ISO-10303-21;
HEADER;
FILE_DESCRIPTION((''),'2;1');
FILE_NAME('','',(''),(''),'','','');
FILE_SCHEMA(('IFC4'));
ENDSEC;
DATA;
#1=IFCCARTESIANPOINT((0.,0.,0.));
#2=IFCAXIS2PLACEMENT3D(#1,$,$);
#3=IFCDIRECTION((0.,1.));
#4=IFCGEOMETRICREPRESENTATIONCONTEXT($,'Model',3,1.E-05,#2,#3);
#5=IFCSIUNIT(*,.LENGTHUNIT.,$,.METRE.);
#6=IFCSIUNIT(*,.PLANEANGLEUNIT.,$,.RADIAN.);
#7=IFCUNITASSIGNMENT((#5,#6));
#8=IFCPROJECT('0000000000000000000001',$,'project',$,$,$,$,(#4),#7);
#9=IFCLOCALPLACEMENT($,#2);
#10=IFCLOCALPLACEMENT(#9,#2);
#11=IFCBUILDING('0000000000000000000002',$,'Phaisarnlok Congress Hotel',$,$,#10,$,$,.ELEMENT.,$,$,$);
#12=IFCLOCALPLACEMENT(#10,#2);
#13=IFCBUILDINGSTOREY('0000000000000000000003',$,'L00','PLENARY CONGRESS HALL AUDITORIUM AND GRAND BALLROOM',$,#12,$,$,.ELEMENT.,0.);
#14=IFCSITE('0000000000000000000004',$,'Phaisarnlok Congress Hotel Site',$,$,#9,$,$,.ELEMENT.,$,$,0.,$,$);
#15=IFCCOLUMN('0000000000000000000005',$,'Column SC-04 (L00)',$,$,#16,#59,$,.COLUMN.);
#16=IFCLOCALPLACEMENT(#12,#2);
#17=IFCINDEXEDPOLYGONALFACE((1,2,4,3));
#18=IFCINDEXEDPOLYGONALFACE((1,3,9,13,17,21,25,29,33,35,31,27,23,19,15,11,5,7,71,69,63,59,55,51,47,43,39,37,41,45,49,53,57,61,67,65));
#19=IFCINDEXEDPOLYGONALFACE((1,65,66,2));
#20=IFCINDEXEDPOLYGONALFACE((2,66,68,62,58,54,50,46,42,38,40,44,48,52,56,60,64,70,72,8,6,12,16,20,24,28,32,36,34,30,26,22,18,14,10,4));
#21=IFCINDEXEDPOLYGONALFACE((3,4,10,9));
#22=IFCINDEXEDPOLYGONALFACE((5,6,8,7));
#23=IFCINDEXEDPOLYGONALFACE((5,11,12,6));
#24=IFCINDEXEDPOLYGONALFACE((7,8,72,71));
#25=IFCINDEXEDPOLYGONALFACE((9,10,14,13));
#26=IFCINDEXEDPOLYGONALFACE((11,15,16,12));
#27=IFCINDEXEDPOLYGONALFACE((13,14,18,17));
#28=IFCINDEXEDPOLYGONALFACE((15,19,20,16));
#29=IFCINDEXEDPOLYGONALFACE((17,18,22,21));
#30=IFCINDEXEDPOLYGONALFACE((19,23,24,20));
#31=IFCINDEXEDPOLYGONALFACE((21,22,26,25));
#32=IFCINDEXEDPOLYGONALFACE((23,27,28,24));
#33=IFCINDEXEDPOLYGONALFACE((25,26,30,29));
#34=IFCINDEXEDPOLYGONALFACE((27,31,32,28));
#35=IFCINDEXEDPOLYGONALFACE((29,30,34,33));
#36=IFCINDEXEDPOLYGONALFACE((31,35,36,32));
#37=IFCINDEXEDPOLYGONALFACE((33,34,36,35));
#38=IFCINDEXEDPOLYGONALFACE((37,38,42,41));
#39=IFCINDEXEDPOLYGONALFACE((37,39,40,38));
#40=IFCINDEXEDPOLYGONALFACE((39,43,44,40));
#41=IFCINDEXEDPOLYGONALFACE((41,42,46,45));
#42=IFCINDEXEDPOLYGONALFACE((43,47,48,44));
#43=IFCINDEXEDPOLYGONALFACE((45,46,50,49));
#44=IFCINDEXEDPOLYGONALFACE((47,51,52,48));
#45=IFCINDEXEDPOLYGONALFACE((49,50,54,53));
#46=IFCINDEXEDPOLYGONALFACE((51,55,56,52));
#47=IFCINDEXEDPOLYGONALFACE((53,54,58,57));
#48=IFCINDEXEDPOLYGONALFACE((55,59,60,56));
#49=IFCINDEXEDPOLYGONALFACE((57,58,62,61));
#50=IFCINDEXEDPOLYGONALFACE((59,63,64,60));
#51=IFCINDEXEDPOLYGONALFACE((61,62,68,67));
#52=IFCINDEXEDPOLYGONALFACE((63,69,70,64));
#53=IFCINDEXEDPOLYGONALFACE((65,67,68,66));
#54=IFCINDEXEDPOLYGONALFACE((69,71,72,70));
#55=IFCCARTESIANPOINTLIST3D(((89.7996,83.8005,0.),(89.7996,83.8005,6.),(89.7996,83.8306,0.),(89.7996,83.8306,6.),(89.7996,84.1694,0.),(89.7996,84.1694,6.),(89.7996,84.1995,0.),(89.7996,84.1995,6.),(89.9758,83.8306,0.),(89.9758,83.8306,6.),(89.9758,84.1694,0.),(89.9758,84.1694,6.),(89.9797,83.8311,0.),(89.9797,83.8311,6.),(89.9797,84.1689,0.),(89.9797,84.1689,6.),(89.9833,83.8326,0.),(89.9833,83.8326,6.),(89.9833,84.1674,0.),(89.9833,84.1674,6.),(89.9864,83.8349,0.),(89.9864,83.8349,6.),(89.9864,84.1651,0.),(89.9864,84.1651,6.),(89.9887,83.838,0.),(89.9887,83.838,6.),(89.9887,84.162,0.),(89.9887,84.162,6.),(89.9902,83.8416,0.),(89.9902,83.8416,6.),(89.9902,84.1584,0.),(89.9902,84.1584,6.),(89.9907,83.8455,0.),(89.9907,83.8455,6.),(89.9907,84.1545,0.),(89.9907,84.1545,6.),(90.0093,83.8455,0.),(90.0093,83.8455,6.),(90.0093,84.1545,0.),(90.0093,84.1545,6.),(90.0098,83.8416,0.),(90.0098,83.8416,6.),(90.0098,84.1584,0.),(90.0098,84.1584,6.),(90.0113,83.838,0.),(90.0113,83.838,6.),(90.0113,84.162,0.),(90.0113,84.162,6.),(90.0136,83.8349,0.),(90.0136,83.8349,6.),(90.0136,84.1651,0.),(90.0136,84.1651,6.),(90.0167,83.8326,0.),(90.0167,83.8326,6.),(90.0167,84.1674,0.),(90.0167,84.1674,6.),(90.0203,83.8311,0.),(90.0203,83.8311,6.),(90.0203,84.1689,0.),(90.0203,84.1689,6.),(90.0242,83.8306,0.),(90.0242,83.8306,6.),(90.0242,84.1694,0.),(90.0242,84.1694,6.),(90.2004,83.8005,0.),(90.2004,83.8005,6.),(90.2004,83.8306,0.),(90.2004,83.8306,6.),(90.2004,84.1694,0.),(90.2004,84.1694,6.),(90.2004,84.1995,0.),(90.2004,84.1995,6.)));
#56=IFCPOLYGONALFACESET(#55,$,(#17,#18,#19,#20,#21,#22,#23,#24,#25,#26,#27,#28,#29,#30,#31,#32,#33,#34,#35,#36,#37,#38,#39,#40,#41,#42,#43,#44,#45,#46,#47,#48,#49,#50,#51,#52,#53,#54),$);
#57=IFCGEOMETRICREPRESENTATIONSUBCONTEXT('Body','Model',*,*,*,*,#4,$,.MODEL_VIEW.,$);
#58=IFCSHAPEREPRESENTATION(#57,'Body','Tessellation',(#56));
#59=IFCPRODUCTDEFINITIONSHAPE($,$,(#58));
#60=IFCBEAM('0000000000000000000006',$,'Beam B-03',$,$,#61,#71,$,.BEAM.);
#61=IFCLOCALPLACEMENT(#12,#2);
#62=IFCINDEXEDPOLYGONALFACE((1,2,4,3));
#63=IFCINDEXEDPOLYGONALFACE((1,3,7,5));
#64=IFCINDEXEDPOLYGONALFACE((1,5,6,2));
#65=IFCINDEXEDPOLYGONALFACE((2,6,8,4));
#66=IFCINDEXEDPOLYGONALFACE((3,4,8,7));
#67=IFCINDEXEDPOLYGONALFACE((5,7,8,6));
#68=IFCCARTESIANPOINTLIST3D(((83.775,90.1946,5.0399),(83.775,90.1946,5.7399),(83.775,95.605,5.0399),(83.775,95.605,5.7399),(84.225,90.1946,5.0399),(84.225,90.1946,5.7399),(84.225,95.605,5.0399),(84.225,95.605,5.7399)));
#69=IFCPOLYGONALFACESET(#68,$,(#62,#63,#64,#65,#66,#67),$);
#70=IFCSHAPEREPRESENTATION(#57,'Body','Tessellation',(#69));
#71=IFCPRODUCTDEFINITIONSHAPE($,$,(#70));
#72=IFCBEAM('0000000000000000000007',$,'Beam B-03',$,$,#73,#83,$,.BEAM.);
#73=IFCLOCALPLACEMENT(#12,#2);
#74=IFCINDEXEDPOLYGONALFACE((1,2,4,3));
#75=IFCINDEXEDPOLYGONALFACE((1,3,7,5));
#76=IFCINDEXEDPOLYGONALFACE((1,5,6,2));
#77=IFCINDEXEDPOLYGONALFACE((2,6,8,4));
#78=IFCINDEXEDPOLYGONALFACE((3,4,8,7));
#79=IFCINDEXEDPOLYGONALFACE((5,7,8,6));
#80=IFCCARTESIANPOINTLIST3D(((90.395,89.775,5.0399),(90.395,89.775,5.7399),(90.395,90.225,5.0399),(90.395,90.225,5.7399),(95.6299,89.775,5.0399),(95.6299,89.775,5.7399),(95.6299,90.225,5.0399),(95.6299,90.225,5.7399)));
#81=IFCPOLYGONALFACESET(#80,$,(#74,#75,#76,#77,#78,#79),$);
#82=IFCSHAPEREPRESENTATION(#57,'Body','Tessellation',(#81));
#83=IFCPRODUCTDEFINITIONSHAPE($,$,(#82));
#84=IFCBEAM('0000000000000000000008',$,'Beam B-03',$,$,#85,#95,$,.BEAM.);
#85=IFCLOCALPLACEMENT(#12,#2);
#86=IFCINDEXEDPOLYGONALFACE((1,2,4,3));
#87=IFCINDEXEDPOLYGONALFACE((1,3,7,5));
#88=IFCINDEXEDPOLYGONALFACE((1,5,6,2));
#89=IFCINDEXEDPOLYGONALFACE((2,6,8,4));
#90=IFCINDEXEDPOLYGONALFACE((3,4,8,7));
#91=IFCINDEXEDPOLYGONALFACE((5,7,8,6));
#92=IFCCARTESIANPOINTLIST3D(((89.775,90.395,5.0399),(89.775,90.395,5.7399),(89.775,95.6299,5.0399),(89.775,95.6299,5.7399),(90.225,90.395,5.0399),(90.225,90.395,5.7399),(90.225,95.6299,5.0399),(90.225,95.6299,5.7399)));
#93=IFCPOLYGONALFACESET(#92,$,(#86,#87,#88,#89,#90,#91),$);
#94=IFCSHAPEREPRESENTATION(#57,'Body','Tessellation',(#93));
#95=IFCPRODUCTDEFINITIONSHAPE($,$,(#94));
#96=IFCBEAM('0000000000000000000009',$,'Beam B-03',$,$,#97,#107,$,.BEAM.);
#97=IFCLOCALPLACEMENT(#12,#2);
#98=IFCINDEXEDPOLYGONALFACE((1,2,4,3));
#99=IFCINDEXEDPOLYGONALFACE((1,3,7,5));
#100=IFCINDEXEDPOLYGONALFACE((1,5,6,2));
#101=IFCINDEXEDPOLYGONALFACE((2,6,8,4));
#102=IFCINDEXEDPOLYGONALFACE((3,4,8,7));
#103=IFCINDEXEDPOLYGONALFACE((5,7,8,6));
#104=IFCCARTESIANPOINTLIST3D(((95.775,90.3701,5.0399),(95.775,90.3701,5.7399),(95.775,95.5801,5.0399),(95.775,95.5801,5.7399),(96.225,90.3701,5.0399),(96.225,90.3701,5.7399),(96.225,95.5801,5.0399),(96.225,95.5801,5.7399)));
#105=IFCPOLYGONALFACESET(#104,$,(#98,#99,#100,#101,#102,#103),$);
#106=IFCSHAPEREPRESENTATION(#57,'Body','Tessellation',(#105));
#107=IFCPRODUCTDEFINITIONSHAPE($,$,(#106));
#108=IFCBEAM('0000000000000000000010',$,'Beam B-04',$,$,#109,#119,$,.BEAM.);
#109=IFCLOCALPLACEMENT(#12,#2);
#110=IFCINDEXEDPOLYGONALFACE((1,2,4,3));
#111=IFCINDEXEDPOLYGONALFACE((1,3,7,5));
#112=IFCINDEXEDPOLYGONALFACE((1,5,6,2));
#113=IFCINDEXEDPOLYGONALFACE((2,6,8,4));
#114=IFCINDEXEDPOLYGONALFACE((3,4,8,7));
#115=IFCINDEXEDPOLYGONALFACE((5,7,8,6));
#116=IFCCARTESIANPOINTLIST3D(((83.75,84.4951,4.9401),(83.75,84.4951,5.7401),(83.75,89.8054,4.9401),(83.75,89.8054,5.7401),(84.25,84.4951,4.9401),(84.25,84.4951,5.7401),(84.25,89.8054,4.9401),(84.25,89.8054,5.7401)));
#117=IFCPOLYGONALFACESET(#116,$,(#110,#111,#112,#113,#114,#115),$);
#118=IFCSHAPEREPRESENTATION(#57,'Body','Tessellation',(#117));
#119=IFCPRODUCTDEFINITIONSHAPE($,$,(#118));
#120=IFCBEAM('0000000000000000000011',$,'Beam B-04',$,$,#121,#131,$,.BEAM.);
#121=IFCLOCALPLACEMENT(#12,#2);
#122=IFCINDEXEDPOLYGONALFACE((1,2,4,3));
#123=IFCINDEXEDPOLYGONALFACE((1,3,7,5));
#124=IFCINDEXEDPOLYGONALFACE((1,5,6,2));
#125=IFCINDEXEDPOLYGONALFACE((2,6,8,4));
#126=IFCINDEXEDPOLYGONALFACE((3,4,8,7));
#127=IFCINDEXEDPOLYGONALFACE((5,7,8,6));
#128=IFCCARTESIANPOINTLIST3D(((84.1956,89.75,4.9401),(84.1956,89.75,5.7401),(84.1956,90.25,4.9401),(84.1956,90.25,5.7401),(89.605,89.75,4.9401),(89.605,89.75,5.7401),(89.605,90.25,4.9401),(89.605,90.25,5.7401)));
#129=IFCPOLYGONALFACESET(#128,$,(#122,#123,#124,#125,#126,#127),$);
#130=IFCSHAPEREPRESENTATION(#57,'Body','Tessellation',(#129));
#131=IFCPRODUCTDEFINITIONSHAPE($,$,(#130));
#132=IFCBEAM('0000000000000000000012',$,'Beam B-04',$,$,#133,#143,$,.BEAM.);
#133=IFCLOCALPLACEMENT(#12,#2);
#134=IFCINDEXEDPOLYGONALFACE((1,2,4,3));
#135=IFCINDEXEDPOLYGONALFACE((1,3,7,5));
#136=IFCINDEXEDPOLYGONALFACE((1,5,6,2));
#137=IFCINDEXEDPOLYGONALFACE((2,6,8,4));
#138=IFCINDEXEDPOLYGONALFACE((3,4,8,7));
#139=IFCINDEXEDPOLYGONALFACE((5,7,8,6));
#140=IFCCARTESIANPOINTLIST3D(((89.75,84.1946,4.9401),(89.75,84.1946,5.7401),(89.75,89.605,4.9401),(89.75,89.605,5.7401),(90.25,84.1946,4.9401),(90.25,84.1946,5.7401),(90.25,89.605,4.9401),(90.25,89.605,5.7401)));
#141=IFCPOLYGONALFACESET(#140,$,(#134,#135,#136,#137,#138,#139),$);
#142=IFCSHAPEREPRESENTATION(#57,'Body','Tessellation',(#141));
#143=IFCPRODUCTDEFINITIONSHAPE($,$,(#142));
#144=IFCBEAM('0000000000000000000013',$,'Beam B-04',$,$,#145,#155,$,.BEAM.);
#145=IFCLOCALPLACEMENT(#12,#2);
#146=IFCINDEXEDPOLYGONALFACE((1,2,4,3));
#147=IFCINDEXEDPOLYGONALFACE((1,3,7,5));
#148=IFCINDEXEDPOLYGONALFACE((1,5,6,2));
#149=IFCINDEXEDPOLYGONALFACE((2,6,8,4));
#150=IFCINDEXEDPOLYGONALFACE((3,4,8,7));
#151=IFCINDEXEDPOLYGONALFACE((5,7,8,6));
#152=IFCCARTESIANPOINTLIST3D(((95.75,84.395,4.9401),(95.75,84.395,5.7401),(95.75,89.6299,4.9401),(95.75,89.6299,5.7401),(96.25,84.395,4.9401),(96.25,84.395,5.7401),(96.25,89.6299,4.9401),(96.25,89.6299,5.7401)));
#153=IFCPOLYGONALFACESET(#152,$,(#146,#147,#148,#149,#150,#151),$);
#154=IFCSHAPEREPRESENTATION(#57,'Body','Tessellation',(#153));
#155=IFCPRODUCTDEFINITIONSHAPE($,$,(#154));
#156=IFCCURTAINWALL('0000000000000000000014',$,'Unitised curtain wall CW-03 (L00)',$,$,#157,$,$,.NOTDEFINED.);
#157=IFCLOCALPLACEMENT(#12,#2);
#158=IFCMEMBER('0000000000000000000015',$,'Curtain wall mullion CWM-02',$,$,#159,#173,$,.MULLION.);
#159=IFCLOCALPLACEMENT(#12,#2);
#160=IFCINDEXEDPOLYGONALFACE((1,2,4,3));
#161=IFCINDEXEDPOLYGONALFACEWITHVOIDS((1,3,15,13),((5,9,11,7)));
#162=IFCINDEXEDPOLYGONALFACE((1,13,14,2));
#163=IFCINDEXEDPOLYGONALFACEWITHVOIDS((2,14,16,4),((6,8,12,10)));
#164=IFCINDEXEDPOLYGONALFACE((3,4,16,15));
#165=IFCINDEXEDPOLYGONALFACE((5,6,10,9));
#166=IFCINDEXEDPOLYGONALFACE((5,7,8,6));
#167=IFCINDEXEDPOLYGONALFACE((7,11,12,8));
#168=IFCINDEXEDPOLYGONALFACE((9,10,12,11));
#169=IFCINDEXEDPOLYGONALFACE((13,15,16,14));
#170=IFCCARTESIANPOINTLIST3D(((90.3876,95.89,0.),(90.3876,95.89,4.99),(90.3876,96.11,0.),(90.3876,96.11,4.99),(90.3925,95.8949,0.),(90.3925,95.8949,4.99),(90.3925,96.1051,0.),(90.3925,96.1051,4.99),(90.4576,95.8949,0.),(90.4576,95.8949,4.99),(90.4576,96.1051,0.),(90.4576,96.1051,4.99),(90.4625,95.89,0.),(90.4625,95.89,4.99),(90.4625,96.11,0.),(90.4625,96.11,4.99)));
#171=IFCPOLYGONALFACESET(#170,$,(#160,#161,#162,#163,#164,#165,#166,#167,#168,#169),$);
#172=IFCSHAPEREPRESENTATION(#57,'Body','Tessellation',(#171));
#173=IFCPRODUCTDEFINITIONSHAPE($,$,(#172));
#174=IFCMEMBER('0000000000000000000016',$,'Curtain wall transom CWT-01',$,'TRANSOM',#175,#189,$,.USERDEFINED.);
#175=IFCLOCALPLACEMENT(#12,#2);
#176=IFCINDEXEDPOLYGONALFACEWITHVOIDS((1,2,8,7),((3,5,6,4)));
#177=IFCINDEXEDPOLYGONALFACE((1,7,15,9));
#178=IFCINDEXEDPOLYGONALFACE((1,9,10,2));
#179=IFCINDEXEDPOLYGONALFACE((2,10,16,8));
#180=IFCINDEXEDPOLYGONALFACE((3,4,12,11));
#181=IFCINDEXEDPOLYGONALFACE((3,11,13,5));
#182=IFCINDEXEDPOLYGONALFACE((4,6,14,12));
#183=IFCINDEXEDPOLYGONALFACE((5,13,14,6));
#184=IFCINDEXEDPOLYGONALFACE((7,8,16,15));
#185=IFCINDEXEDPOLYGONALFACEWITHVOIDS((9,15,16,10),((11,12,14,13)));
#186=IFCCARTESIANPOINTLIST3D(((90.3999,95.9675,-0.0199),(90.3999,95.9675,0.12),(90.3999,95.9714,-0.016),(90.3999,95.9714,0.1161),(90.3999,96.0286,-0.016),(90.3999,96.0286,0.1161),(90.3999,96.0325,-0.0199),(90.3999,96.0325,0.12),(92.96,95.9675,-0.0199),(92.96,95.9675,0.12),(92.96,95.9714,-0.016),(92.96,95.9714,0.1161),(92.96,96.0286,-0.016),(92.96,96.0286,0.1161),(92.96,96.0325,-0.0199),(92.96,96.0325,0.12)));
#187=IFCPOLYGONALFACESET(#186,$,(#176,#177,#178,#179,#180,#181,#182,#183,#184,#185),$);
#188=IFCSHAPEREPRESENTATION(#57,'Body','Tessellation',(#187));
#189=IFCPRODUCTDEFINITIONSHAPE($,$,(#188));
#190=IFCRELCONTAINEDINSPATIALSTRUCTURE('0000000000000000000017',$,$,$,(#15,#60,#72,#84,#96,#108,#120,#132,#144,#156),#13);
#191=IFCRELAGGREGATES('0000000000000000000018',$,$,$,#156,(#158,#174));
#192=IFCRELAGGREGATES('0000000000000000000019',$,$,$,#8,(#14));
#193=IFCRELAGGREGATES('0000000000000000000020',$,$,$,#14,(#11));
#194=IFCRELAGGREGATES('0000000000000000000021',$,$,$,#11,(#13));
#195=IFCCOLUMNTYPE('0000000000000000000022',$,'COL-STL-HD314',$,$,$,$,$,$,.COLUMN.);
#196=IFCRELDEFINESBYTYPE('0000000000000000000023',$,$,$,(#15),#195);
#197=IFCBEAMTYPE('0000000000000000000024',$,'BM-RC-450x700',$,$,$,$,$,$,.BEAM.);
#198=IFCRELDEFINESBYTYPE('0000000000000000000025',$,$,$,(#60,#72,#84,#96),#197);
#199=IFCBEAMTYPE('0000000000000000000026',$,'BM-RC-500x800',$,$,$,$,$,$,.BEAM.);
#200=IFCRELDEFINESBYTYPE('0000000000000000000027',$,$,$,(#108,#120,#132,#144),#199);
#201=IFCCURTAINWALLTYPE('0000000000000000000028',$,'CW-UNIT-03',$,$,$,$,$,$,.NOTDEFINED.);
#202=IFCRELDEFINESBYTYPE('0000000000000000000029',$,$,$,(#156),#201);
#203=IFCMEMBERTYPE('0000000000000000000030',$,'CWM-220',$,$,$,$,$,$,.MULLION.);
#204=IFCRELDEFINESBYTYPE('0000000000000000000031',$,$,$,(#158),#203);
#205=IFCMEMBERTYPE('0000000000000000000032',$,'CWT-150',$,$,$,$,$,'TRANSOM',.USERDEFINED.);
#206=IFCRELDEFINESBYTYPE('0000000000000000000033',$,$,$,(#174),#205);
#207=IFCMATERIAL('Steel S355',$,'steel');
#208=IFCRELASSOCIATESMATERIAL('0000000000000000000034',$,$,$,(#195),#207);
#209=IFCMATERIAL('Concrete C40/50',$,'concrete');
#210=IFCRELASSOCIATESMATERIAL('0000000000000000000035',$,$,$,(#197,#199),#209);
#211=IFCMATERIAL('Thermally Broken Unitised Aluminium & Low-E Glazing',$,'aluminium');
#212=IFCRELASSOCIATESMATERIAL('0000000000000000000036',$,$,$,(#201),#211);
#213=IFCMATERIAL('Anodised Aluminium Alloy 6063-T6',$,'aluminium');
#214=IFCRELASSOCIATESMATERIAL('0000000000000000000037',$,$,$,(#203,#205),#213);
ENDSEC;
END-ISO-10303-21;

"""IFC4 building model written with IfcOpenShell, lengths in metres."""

from ifc_helpers import new_model, si_unit, direction, frame, origin, origin_2d, place, context, subcontext, project, spatial, rectangle, hollow_rectangle, i_section, extrude, material, material_profile, profile_set, type_object, element, aggregate, save


model = new_model("IFC4")

# Units and contexts
model_context = context("Model", 3, precision=1e-05, world=origin(), true_north=direction((0.0, 1.0)))
body_context = subcontext(model_context, "Body", "Model", "MODEL_VIEW")
ifc_project = project(units=[si_unit("LENGTHUNIT", "METRE"), si_unit("PLANEANGLEUNIT", "RADIAN")], contexts=[model_context])

# Site, building, storey
site_placement = place(None, origin())
site = spatial("IfcSite", under=ifc_project, at=site_placement, Name="Phaisarnlok Congress Hotel Site", CompositionType="ELEMENT", RefElevation=0.0)
building_placement = place(site_placement, origin())
building = spatial("IfcBuilding", under=site, at=building_placement, Name="Phaisarnlok Congress Hotel", CompositionType="ELEMENT")
storey_placement = place(building_placement, origin())
storey = spatial("IfcBuildingStorey", under=building, at=storey_placement, Name="L00", Description="PLENARY CONGRESS HALL AUDITORIUM AND GRAND BALLROOM", CompositionType="ELEMENT", Elevation=0.0)

# Column
ifc_material_1 = material(Name="Steel S355", Category="steel")
ifc_material_profile_1 = material_profile(ifc_material_1, i_section(OverallWidth=0.4009, OverallDepth=0.3989, WebThickness=0.0186, FlangeThickness=0.03, FilletRadius=0.0149, at=origin_2d()), Name="HD 400x314")
ifc_profile_set_1 = profile_set([ifc_material_profile_1], Name="Steel S355")
column_type_1 = type_object("IfcColumnType", Name="COL-STL-HD314", PredefinedType="COLUMN", material=ifc_profile_set_1)
for number, where, z_axis, x_axis, name in (
    (1, (90.0, 84.0, 0.0), (0.0, 0.0, 1.0), (1.0, 0.0, 0.0), "Column SC-04 (L00)"),
):
    element("IfcColumn", number, at=place(storey_placement, frame(where, z_axis=z_axis, x_axis=x_axis)), inside=storey, type_object=column_type_1, Name=name, PredefinedType="COLUMN", context=body_context, shape_type="SweptSolid", body=[
        extrude(i_section(OverallWidth=0.4009, OverallDepth=0.3989, WebThickness=0.0186, FlangeThickness=0.03, FilletRadius=0.0149, at=origin_2d()), origin(), (0.0, 0.0, 1.0), 6.0),
    ])

# Beams
ifc_material_2 = material(Name="Concrete C40/50", Category="concrete")
ifc_material_profile_2 = material_profile(ifc_material_2, rectangle(XDim=0.45, YDim=0.7, at=origin_2d()), Name="RC 450x700")
ifc_profile_set_2 = profile_set([ifc_material_profile_2], Name="Concrete C40/50")
beam_type_1 = type_object("IfcBeamType", Name="BM-RC-450x700", PredefinedType="BEAM", material=ifc_profile_set_2)
beam_1_placement = place(storey_placement, frame((84.0, 90.1946, 5.3899), z_axis=(0.0, 1.0, 0.0), x_axis=(-1.0, 0.0, 0.0)))
element("IfcBeam", 2, at=beam_1_placement, inside=storey, type_object=beam_type_1, Name="Beam B-03", PredefinedType="BEAM", context=body_context, shape_type="SweptSolid", body=[
    extrude(rectangle(XDim=0.45, YDim=0.7, at=origin_2d()), origin(), (0.0, 0.0, 1.0), 5.4104),
])
for number, where, z_axis, x_axis, name in (
    (3, (90.395, 90.0, 5.3899), (1.0, 0.0, 0.0), (0.0, 1.0, 0.0), "Beam B-03"),
    (4, (90.0, 90.395, 5.3899), (0.0, 1.0, 0.0), (-1.0, 0.0, 0.0), "Beam B-03"),
):
    element("IfcBeam", number, at=place(storey_placement, frame(where, z_axis=z_axis, x_axis=x_axis)), inside=storey, type_object=beam_type_1, Name=name, PredefinedType="BEAM", context=body_context, shape_type="SweptSolid", body=[
        extrude(rectangle(XDim=0.45, YDim=0.7, at=origin_2d()), origin(), (0.0, 0.0, 1.0), 5.2349),
    ])
beam_2_placement = place(storey_placement, frame((96.0, 90.3701, 5.3899), z_axis=(0.0, 1.0, 0.0), x_axis=(-1.0, 0.0, 0.0)))
element("IfcBeam", 5, at=beam_2_placement, inside=storey, type_object=beam_type_1, Name="Beam B-03", PredefinedType="BEAM", context=body_context, shape_type="SweptSolid", body=[
    extrude(rectangle(XDim=0.45, YDim=0.7, at=origin_2d()), origin(), (0.0, 0.0, 1.0), 5.21),
])
ifc_material_profile_3 = material_profile(ifc_material_2, rectangle(XDim=0.5, YDim=0.8, at=origin_2d()), Name="RC 500x800")
ifc_profile_set_3 = profile_set([ifc_material_profile_3], Name="Concrete C40/50")
beam_type_2 = type_object("IfcBeamType", Name="BM-RC-500x800", PredefinedType="BEAM", material=ifc_profile_set_3)
beam_3_placement = place(storey_placement, frame((84.0, 84.4951, 5.3401), z_axis=(0.0, 1.0, 0.0), x_axis=(-1.0, 0.0, 0.0)))
element("IfcBeam", 6, at=beam_3_placement, inside=storey, type_object=beam_type_2, Name="Beam B-04", PredefinedType="BEAM", context=body_context, shape_type="SweptSolid", body=[
    extrude(rectangle(XDim=0.5, YDim=0.8, at=origin_2d()), origin(), (0.0, 0.0, 1.0), 5.3103),
])
beam_4_placement = place(storey_placement, frame((84.1956, 90.0, 5.3401), z_axis=(1.0, 0.0, 0.0), x_axis=(0.0, 1.0, 0.0)))
element("IfcBeam", 7, at=beam_4_placement, inside=storey, type_object=beam_type_2, Name="Beam B-04", PredefinedType="BEAM", context=body_context, shape_type="SweptSolid", body=[
    extrude(rectangle(XDim=0.5, YDim=0.8, at=origin_2d()), origin(), (0.0, 0.0, 1.0), 5.4094),
])
beam_5_placement = place(storey_placement, frame((90.0, 84.1946, 5.3401), z_axis=(0.0, 1.0, 0.0), x_axis=(-1.0, 0.0, 0.0)))
element("IfcBeam", 8, at=beam_5_placement, inside=storey, type_object=beam_type_2, Name="Beam B-04", PredefinedType="BEAM", context=body_context, shape_type="SweptSolid", body=[
    extrude(rectangle(XDim=0.5, YDim=0.8, at=origin_2d()), origin(), (0.0, 0.0, 1.0), 5.4104),
])
beam_6_placement = place(storey_placement, frame((96.0, 84.395, 5.3401), z_axis=(0.0, 1.0, 0.0), x_axis=(-1.0, 0.0, 0.0)))
element("IfcBeam", 9, at=beam_6_placement, inside=storey, type_object=beam_type_2, Name="Beam B-04", PredefinedType="BEAM", context=body_context, shape_type="SweptSolid", body=[
    extrude(rectangle(XDim=0.5, YDim=0.8, at=origin_2d()), origin(), (0.0, 0.0, 1.0), 5.2349),
])

# Curtain wall, members
ifc_material_3 = material(Name="Thermally Broken Unitised Aluminium & Low-E Glazing", Category="aluminium")
curtain_wall_type_1 = type_object("IfcCurtainWallType", Name="CW-UNIT-03", PredefinedType="NOTDEFINED", material=ifc_material_3)
curtain_wall_1_placement = place(storey_placement, origin())
curtain_wall_1 = element("IfcCurtainWall", 10, at=curtain_wall_1_placement, inside=storey, type_object=curtain_wall_type_1, Name="Unitised curtain wall CW-03 (L00)", PredefinedType="NOTDEFINED")
ifc_material_4 = material(Name="Anodised Aluminium Alloy 6063-T6", Category="aluminium")
ifc_material_profile_4 = material_profile(ifc_material_4, hollow_rectangle(XDim=0.075, YDim=0.22, WallThickness=0.0049, at=origin_2d()), Name="ALU-M 75x220x5")
ifc_profile_set_4 = profile_set([ifc_material_profile_4], Name="Anodised Aluminium Alloy 6063-T6")
member_type_1 = type_object("IfcMemberType", Name="CWM-220", PredefinedType="MULLION", material=ifc_profile_set_4)
member_1_placement = place(storey_placement, frame((90.425, 96.0, 0.0), z_axis=(0.0, 0.0, 1.0), x_axis=(-1.0, 0.0, 0.0)))
member_1 = element("IfcMember", 11, at=member_1_placement, type_object=member_type_1, Name="Curtain wall mullion CWM-02", PredefinedType="MULLION", context=body_context, shape_type="SweptSolid", body=[
    extrude(hollow_rectangle(XDim=0.075, YDim=0.22, WallThickness=0.0049, at=origin_2d()), origin(), (0.0, 0.0, 1.0), 4.99),
])
ifc_material_profile_5 = material_profile(ifc_material_4, hollow_rectangle(XDim=0.0649, YDim=0.1399, WallThickness=0.0039, at=origin_2d()), Name="ALU-T 65x140x4")
ifc_profile_set_5 = profile_set([ifc_material_profile_5], Name="Anodised Aluminium Alloy 6063-T6")
member_type_2 = type_object("IfcMemberType", Name="CWT-150", ElementType="TRANSOM", PredefinedType="USERDEFINED", material=ifc_profile_set_5)
member_2_placement = place(storey_placement, frame((92.96, 96.0, 0.05), z_axis=(-1.0, 0.0, 0.0), x_axis=(0.0, -1.0, 0.0)))
member_2 = element("IfcMember", 12, at=member_2_placement, type_object=member_type_2, Name="Curtain wall transom CWT-01", ObjectType="TRANSOM", PredefinedType="USERDEFINED", context=body_context, shape_type="SweptSolid", body=[
    extrude(hollow_rectangle(XDim=0.0649, YDim=0.1399, WallThickness=0.0039, at=origin_2d()), origin(), (0.0, 0.0, 1.0), 2.5601),
])

aggregate(curtain_wall_1, [member_1, member_2])

save(model, "model.ifc")
